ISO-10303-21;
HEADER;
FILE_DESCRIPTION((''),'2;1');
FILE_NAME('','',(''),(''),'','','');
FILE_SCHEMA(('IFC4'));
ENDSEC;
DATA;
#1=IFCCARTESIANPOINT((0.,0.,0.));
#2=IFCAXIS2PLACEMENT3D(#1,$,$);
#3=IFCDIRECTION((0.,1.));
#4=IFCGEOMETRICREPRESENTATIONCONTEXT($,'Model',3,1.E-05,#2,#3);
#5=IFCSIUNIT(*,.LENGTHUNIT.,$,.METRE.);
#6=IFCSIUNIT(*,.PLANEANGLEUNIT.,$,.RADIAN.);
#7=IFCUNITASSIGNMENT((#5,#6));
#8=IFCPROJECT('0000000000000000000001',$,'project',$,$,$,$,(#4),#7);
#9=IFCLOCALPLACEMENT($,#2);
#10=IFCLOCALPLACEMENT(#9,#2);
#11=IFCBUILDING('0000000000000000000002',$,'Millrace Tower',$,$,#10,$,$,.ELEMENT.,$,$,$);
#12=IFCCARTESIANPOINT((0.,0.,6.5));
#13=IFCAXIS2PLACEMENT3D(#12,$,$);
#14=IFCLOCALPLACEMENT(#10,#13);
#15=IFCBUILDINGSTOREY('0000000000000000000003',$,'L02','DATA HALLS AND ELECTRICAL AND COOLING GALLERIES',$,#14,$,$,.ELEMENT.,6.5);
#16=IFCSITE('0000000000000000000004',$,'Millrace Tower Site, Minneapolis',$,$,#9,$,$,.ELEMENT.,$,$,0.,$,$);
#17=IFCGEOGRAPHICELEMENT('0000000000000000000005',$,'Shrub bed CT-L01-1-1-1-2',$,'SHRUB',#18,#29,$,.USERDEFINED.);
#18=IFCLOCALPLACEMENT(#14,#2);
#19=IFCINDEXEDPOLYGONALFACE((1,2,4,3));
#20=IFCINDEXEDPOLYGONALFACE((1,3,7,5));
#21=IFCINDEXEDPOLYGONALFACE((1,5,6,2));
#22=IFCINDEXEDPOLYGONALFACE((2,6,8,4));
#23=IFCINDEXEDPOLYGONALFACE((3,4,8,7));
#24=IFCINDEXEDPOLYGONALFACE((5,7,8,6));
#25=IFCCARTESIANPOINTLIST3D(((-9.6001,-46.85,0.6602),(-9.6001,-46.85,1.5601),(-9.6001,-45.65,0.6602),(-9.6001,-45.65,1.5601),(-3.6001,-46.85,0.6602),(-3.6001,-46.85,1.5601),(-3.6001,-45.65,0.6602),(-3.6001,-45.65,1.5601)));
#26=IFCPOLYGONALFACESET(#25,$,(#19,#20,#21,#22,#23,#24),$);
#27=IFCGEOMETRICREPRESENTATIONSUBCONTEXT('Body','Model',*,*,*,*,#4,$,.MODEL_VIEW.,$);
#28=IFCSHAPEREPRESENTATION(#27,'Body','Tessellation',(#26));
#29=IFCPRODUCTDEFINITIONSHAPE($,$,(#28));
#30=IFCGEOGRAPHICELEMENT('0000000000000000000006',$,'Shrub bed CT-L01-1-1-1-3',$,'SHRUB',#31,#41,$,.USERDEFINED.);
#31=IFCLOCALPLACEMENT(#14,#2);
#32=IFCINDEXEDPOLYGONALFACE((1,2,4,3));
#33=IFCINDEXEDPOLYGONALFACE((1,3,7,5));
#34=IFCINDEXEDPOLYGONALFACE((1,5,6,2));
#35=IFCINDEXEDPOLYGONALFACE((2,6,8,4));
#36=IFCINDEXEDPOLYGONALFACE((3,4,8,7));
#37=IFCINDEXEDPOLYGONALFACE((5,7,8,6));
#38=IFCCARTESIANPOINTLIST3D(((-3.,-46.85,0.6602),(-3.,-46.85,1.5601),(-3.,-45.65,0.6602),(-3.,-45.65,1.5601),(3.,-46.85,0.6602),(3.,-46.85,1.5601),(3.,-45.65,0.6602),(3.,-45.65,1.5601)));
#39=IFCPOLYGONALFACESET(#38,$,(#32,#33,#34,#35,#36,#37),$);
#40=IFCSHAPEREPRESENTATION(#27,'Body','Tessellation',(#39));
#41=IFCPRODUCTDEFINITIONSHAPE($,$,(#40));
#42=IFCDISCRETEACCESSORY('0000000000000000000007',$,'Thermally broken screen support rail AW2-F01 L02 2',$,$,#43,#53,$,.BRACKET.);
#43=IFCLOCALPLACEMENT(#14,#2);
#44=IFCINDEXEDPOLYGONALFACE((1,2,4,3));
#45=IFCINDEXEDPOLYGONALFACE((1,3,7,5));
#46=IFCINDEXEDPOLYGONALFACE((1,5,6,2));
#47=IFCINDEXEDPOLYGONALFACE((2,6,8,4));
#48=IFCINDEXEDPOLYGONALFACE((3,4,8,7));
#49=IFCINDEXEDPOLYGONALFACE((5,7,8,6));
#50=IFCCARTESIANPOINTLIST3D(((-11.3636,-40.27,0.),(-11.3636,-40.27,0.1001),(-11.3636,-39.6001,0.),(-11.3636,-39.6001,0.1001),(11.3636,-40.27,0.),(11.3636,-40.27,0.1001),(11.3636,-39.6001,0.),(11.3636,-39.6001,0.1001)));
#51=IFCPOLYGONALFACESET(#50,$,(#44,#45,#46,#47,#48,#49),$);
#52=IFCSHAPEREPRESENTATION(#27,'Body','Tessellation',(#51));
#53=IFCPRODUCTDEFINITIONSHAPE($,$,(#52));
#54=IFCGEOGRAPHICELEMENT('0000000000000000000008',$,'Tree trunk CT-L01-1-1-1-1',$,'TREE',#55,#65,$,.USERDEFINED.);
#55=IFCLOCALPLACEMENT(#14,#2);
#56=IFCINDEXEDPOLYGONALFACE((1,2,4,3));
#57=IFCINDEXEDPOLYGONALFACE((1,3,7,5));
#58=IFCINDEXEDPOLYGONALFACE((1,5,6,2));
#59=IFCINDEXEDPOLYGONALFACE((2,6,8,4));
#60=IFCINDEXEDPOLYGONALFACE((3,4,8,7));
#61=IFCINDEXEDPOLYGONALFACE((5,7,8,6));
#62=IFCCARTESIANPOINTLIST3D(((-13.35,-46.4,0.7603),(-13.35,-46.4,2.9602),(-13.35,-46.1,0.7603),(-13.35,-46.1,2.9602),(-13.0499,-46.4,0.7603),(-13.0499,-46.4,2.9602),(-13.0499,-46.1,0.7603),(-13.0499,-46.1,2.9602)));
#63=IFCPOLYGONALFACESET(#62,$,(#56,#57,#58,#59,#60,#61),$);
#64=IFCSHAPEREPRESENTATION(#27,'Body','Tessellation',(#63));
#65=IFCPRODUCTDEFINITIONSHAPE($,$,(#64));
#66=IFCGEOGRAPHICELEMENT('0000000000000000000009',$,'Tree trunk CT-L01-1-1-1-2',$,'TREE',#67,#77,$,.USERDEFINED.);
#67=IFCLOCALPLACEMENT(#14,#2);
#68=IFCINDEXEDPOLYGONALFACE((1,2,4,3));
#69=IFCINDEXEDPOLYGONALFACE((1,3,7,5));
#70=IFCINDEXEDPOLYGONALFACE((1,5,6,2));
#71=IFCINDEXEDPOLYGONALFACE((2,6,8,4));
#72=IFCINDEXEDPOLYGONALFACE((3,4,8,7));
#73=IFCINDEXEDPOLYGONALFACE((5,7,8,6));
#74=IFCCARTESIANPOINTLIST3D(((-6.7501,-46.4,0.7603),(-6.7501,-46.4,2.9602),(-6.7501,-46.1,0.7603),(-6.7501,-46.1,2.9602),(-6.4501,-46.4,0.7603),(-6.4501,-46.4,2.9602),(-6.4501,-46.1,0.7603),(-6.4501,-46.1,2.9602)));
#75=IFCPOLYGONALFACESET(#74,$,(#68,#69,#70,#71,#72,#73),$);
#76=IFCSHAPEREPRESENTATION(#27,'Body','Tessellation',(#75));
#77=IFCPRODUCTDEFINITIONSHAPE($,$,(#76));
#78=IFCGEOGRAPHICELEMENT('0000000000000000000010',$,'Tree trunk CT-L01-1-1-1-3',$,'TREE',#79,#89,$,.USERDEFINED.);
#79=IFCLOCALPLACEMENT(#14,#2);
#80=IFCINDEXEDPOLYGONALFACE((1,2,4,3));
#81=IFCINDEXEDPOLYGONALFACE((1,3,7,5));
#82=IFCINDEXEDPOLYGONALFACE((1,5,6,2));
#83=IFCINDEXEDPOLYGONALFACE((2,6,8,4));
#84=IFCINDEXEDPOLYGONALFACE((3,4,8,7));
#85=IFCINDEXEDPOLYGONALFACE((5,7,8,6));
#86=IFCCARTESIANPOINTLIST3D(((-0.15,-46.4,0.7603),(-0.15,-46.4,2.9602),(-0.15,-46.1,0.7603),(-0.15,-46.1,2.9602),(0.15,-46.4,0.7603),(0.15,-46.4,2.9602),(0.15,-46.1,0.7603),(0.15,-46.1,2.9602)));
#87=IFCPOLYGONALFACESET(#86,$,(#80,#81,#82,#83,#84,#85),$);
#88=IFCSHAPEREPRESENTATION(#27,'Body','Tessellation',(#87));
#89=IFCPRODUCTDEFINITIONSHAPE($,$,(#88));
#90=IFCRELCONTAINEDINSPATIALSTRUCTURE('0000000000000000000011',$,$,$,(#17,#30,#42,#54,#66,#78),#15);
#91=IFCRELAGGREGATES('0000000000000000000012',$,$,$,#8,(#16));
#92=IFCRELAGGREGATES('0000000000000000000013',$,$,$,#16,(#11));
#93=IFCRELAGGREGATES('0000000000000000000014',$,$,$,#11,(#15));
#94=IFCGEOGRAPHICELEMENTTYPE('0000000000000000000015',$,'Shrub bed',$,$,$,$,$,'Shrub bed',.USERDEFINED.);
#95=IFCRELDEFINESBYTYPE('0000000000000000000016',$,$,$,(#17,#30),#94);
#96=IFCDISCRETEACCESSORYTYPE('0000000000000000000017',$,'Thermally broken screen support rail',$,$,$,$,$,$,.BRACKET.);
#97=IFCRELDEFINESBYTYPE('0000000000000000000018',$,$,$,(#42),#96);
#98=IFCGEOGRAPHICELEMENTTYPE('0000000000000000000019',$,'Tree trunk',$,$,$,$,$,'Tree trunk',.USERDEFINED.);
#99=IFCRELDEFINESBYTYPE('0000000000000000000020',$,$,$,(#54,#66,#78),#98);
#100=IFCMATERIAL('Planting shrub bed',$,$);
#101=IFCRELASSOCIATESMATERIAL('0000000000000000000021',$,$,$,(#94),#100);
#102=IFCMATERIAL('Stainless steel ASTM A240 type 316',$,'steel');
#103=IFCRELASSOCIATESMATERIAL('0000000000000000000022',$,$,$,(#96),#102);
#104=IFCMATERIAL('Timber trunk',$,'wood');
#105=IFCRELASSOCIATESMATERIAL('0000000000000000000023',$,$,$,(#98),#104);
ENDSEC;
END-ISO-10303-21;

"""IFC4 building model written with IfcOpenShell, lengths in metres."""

from ifc_helpers import new_model, si_unit, direction, frame, origin, origin_2d, place, context, subcontext, project, spatial, rectangle, extrude, material, type_object, element, save


model = new_model("IFC4")

# Units and contexts
model_context = context("Model", 3, precision=1e-05, world=origin(), true_north=direction((0.0, 1.0)))
body_context = subcontext(model_context, "Body", "Model", "MODEL_VIEW")
ifc_project = project(units=[si_unit("LENGTHUNIT", "METRE"), si_unit("PLANEANGLEUNIT", "RADIAN")], contexts=[model_context])

# Site, building, storey
site_placement = place(None, origin())
site = spatial("IfcSite", under=ifc_project, at=site_placement, Name="Millrace Tower Site, Minneapolis", CompositionType="ELEMENT", RefElevation=0.0)
building_placement = place(site_placement, origin())
building = spatial("IfcBuilding", under=site, at=building_placement, Name="Millrace Tower", CompositionType="ELEMENT")
storey_placement = place(building_placement, frame((0.0, 0.0, 6.5)))
storey = spatial("IfcBuildingStorey", under=building, at=storey_placement, Name="L02", Description="DATA HALLS AND ELECTRICAL AND COOLING GALLERIES", CompositionType="ELEMENT", Elevation=6.5)

# Geographic elements
ifc_material_1 = material(Name="Planting shrub bed")
geographic_element_type_1 = type_object("IfcGeographicElementType", Name="Shrub bed", ElementType="Shrub bed", PredefinedType="USERDEFINED", material=ifc_material_1)
for number, where, z_axis, x_axis, name in (
    (1, (-6.6001, -46.25, 0.6602), (0.0, 0.0, 1.0), (1.0, 0.0, 0.0), "Shrub bed CT-L01-1-1-1-2"),
    (2, (0.0, -46.25, 0.6602), (0.0, 0.0, 1.0), (1.0, 0.0, 0.0), "Shrub bed CT-L01-1-1-1-3"),
):
    element("IfcGeographicElement", number, at=place(storey_placement, frame(where, z_axis=z_axis, x_axis=x_axis)), inside=storey, type_object=geographic_element_type_1, Name=name, ObjectType="SHRUB", PredefinedType="USERDEFINED", context=body_context, shape_type="SweptSolid", body=[
        extrude(rectangle(XDim=6.0, YDim=1.2, at=origin_2d()), origin(), (0.0, 0.0, 1.0), 0.8999),
    ])

# Discrete accessory
ifc_material_2 = material(Name="Stainless steel ASTM A240 type 316", Category="steel")
discrete_accessory_type = type_object("IfcDiscreteAccessoryType", Name="Thermally broken screen support rail", PredefinedType="BRACKET", material=ifc_material_2)
discrete_accessory_placement = place(storey_placement, frame((0.0, -39.9351, 0.0), z_axis=(0.0, 0.0, 1.0), x_axis=(1.0, 0.0, 0.0)))
element("IfcDiscreteAccessory", 3, at=discrete_accessory_placement, inside=storey, type_object=discrete_accessory_type, Name="Thermally broken screen support rail AW2-F01 L02 2", PredefinedType="BRACKET", context=body_context, shape_type="SweptSolid", body=[
    extrude(rectangle(XDim=22.7273, YDim=0.6699, at=origin_2d()), origin(), (0.0, 0.0, 1.0), 0.1001),
])

# Geographic elements
ifc_material_3 = material(Name="Timber trunk", Category="wood")
geographic_element_type_2 = type_object("IfcGeographicElementType", Name="Tree trunk", ElementType="Tree trunk", PredefinedType="USERDEFINED", material=ifc_material_3)
for number, where, z_axis, x_axis, name in (
    (4, (-13.2, -46.25, 0.7603), (0.0, 0.0, 1.0), (1.0, 0.0, 0.0), "Tree trunk CT-L01-1-1-1-1"),
    (5, (-6.6001, -46.25, 0.7603), (0.0, 0.0, 1.0), (1.0, 0.0, 0.0), "Tree trunk CT-L01-1-1-1-2"),
    (6, (0.0, -46.25, 0.7603), (0.0, 0.0, 1.0), (1.0, 0.0, 0.0), "Tree trunk CT-L01-1-1-1-3"),
):
    element("IfcGeographicElement", number, at=place(storey_placement, frame(where, z_axis=z_axis, x_axis=x_axis)), inside=storey, type_object=geographic_element_type_2, Name=name, ObjectType="TREE", PredefinedType="USERDEFINED", context=body_context, shape_type="SweptSolid", body=[
        extrude(rectangle(XDim=0.3, YDim=0.3, at=origin_2d()), origin(), (0.0, 0.0, 1.0), 2.2),
    ])

save(model, "model.ifc")
